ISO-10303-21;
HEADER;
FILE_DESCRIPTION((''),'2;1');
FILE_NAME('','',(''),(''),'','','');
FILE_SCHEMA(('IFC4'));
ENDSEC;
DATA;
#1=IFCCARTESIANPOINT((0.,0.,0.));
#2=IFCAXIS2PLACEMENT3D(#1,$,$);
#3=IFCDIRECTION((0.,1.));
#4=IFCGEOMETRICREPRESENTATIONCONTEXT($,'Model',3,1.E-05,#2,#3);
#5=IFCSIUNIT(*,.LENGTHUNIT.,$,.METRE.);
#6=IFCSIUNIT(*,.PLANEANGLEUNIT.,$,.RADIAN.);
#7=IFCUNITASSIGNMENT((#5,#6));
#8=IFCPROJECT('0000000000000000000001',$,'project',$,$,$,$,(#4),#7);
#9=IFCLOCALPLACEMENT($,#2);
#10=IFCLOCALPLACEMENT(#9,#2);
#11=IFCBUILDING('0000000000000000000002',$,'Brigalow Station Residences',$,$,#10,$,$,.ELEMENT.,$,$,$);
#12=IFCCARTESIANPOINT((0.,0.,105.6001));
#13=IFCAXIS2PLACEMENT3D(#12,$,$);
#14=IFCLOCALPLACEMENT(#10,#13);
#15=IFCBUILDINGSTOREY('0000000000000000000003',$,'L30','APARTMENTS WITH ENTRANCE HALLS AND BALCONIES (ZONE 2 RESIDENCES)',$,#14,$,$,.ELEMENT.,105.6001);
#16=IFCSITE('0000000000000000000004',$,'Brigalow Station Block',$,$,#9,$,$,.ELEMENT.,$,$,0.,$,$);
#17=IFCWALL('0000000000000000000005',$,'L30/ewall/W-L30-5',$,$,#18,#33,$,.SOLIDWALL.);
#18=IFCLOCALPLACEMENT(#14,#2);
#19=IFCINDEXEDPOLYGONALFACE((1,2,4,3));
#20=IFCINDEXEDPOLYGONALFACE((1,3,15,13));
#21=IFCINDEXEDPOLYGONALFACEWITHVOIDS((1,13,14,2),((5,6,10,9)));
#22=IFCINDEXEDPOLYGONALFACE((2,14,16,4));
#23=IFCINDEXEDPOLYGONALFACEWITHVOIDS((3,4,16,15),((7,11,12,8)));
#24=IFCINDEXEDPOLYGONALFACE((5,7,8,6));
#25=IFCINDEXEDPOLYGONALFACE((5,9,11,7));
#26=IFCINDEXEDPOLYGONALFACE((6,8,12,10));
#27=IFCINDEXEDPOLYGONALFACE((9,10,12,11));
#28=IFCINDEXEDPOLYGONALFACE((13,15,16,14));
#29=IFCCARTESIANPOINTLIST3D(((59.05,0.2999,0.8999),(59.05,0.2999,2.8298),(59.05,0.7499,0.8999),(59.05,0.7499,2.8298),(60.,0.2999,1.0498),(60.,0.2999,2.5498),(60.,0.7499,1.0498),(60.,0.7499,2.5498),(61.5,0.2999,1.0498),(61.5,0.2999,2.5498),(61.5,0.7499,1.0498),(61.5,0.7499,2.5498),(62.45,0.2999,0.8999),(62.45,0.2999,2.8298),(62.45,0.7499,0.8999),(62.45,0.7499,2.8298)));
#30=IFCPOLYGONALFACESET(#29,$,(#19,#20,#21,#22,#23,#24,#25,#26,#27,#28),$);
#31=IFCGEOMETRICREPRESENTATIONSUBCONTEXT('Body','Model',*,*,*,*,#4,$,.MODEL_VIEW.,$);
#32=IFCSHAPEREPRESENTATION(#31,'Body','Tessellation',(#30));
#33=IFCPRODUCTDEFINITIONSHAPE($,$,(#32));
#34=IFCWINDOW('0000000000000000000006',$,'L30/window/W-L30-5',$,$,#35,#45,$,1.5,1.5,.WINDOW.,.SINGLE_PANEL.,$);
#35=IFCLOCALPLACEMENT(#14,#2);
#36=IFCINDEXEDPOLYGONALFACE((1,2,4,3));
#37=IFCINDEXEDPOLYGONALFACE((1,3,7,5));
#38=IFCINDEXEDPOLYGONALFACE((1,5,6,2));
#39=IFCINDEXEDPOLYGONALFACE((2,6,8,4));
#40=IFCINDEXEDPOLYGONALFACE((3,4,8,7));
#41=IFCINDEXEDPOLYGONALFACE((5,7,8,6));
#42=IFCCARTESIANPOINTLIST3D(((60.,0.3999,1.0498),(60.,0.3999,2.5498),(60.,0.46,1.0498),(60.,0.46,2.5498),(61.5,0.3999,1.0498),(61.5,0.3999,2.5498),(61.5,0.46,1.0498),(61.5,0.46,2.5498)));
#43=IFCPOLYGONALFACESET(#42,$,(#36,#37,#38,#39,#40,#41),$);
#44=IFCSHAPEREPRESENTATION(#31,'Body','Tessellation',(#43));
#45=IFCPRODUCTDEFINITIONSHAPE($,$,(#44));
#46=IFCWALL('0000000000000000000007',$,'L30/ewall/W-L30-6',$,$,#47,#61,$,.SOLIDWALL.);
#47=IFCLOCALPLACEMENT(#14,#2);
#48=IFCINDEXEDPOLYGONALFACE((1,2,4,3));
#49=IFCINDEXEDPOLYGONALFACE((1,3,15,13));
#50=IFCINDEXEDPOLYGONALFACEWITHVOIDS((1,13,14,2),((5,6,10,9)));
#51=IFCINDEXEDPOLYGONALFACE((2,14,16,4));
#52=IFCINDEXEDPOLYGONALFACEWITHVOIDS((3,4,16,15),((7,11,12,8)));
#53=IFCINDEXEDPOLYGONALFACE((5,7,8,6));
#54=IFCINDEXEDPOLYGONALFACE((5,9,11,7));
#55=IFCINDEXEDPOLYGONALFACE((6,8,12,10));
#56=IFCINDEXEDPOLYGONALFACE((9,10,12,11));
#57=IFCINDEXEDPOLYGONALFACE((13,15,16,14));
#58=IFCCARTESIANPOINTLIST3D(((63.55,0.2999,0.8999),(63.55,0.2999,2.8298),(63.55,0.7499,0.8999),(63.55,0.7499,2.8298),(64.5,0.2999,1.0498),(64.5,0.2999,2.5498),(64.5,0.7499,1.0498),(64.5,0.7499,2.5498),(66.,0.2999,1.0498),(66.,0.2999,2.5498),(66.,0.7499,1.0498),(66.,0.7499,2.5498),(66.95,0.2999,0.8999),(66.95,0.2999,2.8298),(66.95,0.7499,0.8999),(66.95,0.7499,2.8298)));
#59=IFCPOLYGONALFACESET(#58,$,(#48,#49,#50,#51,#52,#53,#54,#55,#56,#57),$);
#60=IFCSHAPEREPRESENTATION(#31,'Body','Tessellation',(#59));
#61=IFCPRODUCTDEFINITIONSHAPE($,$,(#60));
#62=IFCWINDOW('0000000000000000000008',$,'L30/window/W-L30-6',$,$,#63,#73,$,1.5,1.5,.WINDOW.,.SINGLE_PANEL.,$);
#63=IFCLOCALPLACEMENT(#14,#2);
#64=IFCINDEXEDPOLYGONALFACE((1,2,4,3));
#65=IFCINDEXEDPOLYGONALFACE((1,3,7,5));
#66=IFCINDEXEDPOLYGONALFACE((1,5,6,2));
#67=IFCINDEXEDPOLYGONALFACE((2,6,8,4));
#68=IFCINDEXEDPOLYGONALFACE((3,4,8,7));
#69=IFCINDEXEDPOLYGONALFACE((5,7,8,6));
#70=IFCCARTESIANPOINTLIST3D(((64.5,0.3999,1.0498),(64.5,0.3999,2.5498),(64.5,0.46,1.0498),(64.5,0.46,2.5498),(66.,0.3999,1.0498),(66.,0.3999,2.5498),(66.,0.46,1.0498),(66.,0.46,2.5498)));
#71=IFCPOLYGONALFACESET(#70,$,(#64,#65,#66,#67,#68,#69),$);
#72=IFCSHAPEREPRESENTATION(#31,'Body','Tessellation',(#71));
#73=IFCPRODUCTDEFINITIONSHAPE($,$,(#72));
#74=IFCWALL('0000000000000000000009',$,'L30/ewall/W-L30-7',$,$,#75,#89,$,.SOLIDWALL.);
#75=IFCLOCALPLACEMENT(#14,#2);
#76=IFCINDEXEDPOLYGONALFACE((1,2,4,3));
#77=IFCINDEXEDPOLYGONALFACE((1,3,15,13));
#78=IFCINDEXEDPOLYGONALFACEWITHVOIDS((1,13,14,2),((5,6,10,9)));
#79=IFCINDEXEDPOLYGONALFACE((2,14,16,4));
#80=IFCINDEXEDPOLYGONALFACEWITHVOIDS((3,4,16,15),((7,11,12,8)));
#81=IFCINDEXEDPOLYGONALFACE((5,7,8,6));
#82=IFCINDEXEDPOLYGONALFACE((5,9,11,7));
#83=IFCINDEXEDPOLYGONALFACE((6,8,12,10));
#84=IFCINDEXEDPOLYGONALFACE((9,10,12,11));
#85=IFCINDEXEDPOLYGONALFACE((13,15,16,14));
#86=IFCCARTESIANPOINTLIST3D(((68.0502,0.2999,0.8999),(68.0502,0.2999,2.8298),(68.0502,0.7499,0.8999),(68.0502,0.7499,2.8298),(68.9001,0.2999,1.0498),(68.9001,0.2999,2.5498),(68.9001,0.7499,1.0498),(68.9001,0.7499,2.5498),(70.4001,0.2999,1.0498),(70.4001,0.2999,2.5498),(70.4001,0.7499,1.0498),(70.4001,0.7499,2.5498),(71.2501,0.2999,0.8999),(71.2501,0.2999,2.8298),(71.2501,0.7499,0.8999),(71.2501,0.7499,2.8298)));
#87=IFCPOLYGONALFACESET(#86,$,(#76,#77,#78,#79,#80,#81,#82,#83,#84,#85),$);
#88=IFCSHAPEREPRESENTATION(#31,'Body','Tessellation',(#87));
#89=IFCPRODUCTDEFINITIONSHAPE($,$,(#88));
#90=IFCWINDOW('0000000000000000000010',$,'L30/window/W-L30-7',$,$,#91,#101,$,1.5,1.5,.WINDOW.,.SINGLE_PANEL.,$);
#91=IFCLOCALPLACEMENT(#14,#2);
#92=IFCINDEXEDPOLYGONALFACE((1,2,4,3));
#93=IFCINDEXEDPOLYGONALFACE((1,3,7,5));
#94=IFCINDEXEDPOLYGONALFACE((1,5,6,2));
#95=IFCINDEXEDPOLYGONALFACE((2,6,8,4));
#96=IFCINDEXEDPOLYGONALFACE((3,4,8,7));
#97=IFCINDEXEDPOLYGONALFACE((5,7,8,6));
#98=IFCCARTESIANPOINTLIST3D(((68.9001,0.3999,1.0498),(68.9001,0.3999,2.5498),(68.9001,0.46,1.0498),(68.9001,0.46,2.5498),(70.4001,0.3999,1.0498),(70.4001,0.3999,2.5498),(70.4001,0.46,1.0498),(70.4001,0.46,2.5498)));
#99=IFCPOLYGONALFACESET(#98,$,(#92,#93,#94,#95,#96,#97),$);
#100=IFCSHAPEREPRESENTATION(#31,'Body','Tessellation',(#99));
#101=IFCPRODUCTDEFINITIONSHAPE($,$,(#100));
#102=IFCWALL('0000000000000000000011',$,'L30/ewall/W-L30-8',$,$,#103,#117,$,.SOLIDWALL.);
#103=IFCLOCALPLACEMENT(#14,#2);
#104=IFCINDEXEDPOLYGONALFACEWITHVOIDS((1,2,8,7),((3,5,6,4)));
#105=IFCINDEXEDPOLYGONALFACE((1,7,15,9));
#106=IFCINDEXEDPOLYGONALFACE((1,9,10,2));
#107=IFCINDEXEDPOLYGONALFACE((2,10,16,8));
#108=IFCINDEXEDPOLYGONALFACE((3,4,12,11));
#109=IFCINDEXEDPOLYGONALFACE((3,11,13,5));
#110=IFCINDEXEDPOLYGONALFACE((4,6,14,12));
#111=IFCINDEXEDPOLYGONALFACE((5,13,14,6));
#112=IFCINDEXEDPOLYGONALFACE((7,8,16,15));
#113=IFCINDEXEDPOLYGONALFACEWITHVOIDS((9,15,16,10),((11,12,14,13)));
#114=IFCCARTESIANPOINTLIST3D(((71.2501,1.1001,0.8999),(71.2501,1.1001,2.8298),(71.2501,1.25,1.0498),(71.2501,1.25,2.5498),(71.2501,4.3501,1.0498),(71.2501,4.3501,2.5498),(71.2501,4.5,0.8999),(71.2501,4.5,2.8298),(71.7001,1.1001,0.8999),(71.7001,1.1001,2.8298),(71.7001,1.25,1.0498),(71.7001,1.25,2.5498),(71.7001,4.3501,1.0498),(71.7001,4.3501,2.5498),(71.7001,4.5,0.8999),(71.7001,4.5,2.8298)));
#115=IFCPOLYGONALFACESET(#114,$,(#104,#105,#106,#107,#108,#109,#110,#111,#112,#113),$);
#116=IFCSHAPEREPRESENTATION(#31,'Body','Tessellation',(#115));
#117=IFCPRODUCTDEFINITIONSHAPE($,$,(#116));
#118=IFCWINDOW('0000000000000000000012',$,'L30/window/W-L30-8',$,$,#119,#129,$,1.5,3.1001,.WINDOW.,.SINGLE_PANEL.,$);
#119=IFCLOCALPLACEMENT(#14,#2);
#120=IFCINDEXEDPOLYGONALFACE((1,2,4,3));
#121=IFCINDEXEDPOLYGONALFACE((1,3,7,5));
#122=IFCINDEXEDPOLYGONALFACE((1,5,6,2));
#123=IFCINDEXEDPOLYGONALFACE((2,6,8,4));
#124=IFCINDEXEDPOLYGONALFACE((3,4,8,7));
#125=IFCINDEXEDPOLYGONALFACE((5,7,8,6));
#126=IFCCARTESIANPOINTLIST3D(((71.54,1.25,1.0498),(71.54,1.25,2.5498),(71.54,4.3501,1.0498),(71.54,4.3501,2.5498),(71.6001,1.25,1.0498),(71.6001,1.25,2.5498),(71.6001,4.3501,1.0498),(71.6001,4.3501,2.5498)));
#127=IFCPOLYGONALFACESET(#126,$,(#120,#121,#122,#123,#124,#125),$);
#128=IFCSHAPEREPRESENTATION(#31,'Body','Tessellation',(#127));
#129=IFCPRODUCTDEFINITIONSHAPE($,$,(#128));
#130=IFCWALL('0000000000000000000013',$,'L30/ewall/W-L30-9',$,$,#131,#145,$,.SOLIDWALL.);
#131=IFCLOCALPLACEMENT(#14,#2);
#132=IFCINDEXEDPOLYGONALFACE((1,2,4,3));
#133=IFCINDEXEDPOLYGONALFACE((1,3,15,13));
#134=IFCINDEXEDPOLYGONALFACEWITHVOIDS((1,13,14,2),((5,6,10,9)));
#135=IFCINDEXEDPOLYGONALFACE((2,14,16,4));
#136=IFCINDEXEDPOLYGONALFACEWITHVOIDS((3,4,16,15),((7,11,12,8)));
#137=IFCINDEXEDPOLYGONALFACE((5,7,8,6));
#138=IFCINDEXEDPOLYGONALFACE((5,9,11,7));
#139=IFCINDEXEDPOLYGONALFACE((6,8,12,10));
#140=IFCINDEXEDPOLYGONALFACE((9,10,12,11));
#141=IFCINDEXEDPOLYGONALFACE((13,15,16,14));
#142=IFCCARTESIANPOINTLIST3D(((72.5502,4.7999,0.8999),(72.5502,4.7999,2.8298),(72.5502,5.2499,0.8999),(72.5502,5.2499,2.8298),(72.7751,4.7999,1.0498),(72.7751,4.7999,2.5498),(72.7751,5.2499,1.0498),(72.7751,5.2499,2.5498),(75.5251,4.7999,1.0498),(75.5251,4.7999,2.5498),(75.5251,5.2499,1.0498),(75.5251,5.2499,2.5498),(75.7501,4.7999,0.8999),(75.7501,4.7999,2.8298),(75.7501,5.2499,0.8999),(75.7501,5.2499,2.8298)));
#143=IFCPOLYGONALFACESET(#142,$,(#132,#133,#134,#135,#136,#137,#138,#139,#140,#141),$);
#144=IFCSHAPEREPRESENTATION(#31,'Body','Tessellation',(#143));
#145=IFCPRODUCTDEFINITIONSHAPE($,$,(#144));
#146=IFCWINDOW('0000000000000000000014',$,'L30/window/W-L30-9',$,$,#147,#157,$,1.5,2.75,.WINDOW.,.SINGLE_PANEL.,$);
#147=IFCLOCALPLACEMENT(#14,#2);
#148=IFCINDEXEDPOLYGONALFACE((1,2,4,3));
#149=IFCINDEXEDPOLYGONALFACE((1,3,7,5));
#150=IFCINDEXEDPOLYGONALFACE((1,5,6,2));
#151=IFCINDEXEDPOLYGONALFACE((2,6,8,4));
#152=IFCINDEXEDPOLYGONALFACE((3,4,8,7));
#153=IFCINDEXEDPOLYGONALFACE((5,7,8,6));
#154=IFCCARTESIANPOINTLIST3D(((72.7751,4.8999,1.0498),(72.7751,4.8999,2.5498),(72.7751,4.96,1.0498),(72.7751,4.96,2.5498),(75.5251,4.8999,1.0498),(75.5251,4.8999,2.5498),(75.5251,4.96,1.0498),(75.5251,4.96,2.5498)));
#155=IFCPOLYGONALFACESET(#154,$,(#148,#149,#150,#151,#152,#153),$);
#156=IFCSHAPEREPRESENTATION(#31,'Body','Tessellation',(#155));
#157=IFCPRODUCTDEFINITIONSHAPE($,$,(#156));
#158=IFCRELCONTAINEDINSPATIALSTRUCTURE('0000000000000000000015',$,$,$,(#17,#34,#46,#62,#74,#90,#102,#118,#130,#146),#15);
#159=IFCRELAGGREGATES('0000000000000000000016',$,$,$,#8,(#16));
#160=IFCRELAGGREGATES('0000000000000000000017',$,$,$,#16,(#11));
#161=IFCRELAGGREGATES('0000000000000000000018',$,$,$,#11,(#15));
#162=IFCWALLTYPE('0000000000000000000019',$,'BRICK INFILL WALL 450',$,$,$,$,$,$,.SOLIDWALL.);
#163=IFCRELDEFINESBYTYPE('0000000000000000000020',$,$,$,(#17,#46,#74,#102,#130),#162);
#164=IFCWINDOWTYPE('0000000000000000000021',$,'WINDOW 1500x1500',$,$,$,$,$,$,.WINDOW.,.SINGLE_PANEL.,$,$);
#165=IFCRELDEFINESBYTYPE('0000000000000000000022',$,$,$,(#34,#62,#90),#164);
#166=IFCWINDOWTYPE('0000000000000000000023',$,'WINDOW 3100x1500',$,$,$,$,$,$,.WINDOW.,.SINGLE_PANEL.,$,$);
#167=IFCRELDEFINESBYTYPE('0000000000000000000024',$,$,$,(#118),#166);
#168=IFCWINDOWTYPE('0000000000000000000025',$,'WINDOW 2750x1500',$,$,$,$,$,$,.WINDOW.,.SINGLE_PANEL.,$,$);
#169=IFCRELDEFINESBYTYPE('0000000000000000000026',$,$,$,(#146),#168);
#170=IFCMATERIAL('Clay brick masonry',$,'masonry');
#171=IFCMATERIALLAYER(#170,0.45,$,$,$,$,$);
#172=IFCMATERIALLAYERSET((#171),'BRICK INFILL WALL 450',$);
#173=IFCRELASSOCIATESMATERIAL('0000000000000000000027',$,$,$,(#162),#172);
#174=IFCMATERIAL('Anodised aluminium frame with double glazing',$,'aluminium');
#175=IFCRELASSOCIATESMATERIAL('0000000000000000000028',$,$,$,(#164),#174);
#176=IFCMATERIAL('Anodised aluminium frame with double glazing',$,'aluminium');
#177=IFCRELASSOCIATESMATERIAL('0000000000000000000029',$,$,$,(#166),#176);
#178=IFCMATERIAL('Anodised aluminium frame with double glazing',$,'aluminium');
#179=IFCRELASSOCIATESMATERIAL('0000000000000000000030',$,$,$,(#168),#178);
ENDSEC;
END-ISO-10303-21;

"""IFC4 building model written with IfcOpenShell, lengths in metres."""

from ifc_helpers import new_model, si_unit, direction, frame, frame_2d, origin, place, context, subcontext, project, spatial, rectangle, extrude, material, layer, layer_set, type_object, element, fill, save


model = new_model("IFC4")

# Units and contexts
model_context = context("Model", 3, precision=1e-05, world=origin(), true_north=direction((0.0, 1.0)))
body_context = subcontext(model_context, "Body", "Model", "MODEL_VIEW")
ifc_project = project(units=[si_unit("LENGTHUNIT", "METRE"), si_unit("PLANEANGLEUNIT", "RADIAN")], contexts=[model_context])

# Site, building, storey
site_placement = place(None, origin())
site = spatial("IfcSite", under=ifc_project, at=site_placement, Name="Brigalow Station Block", CompositionType="ELEMENT", RefElevation=0.0)
building_placement = place(site_placement, origin())
building = spatial("IfcBuilding", under=site, at=building_placement, Name="Brigalow Station Residences", CompositionType="ELEMENT")
storey_placement = place(building_placement, frame((0.0, 0.0, 105.6001)))
storey = spatial("IfcBuildingStorey", under=building, at=storey_placement, Name="L30", Description="APARTMENTS WITH ENTRANCE HALLS AND BALCONIES (ZONE 2 RESIDENCES)", CompositionType="ELEMENT", Elevation=105.6001)

# Walls, openings, windows
ifc_material_1 = material(Name="Clay brick masonry", Category="masonry")
ifc_layer_1 = layer(ifc_material_1, 0.45)
ifc_layer_set_1 = layer_set([ifc_layer_1], Name="BRICK INFILL WALL 450")
wall_type_1 = type_object("IfcWallType", Name="BRICK INFILL WALL 450", PredefinedType="SOLIDWALL", material=ifc_layer_set_1)
wall_1_placement = place(storey_placement, frame((59.05, 0.5249, 0.8999), z_axis=(0.0, 0.0, 1.0), x_axis=(1.0, 0.0, 0.0)))
wall_1 = element("IfcWall", 1, at=wall_1_placement, inside=storey, type_object=wall_type_1, Name="L30/ewall/W-L30-5", PredefinedType="SOLIDWALL", context=body_context, shape_type="SweptSolid", body=[
    extrude(rectangle(XDim=3.3999, YDim=0.45, at=frame_2d((1.7, 0.0))), origin(), (0.0, 0.0, 1.0), 1.9299),
])
opening_1_placement = place(wall_1_placement, frame((0.95, 0.0, 0.1499)))
opening_1 = element("IfcOpeningElement", 2, at=opening_1_placement, cuts=wall_1, PredefinedType="OPENING", context=body_context, shape_type="SweptSolid", body=[
    extrude(rectangle(XDim=1.5, YDim=1.5, at=frame_2d((0.75, 0.75))), frame((0.0, 0.2349, 0.0), z_axis=(0.0, -1.0, 0.0), x_axis=(1.0, 0.0, 0.0)), (0.0, 0.0, 1.0), 0.47),
])
ifc_material_2 = material(Name="Anodised aluminium frame with double glazing", Category="aluminium")
window_type_1 = type_object("IfcWindowType", Name="WINDOW 1500x1500", PartitioningType="SINGLE_PANEL", PredefinedType="WINDOW", material=ifc_material_2)
window_1_placement = place(opening_1_placement, origin())
window_1 = element("IfcWindow", 3, at=window_1_placement, inside=storey, type_object=window_type_1, Name="L30/window/W-L30-5", OverallHeight=1.5, OverallWidth=1.5, PartitioningType="SINGLE_PANEL", PredefinedType="WINDOW", context=body_context, shape_type="SweptSolid", body=[
    extrude(rectangle(XDim=1.5, YDim=1.5, at=frame_2d((0.75, 0.75))), frame((0.0, -0.0649, 0.0), z_axis=(0.0, -1.0, 0.0), x_axis=(1.0, 0.0, 0.0)), (0.0, 0.0, 1.0), 0.0601),
])
fill(opening_1, window_1)
wall_2_placement = place(storey_placement, frame((63.55, 0.5249, 0.8999), z_axis=(0.0, 0.0, 1.0), x_axis=(1.0, 0.0, 0.0)))
wall_2 = element("IfcWall", 4, at=wall_2_placement, inside=storey, type_object=wall_type_1, Name="L30/ewall/W-L30-6", PredefinedType="SOLIDWALL", context=body_context, shape_type="SweptSolid", body=[
    extrude(rectangle(XDim=3.3999, YDim=0.45, at=frame_2d((1.7, 0.0))), origin(), (0.0, 0.0, 1.0), 1.9299),
])
opening_2_placement = place(wall_2_placement, frame((0.95, 0.0, 0.1499)))
opening_2 = element("IfcOpeningElement", 5, at=opening_2_placement, cuts=wall_2, PredefinedType="OPENING", context=body_context, shape_type="SweptSolid", body=[
    extrude(rectangle(XDim=1.5, YDim=1.5, at=frame_2d((0.75, 0.75))), frame((0.0, 0.2349, 0.0), z_axis=(0.0, -1.0, 0.0), x_axis=(1.0, 0.0, 0.0)), (0.0, 0.0, 1.0), 0.47),
])
window_2_placement = place(opening_2_placement, origin())
window_2 = element("IfcWindow", 6, at=window_2_placement, inside=storey, type_object=window_type_1, Name="L30/window/W-L30-6", OverallHeight=1.5, OverallWidth=1.5, PartitioningType="SINGLE_PANEL", PredefinedType="WINDOW", context=body_context, shape_type="SweptSolid", body=[
    extrude(rectangle(XDim=1.5, YDim=1.5, at=frame_2d((0.75, 0.75))), frame((0.0, -0.0649, 0.0), z_axis=(0.0, -1.0, 0.0), x_axis=(1.0, 0.0, 0.0)), (0.0, 0.0, 1.0), 0.0601),
])
fill(opening_2, window_2)
wall_3_placement = place(storey_placement, frame((68.05, 0.5249, 0.8999), z_axis=(0.0, 0.0, 1.0), x_axis=(1.0, 0.0, 0.0)))
wall_3 = element("IfcWall", 7, at=wall_3_placement, inside=storey, type_object=wall_type_1, Name="L30/ewall/W-L30-7", PredefinedType="SOLIDWALL", context=body_context, shape_type="SweptSolid", body=[
    extrude(rectangle(XDim=3.2, YDim=0.45, at=frame_2d((1.6001, 0.0))), origin(), (0.0, 0.0, 1.0), 1.9299),
])
opening_3_placement = place(wall_3_placement, frame((0.8501, 0.0, 0.1499)))
opening_3 = element("IfcOpeningElement", 8, at=opening_3_placement, cuts=wall_3, PredefinedType="OPENING", context=body_context, shape_type="SweptSolid", body=[
    extrude(rectangle(XDim=1.5, YDim=1.5, at=frame_2d((0.75, 0.75))), frame((0.0, 0.2349, 0.0), z_axis=(0.0, -1.0, 0.0), x_axis=(1.0, 0.0, 0.0)), (0.0, 0.0, 1.0), 0.47),
])
window_3_placement = place(opening_3_placement, origin())
window_3 = element("IfcWindow", 9, at=window_3_placement, inside=storey, type_object=window_type_1, Name="L30/window/W-L30-7", OverallHeight=1.5, OverallWidth=1.5, PartitioningType="SINGLE_PANEL", PredefinedType="WINDOW", context=body_context, shape_type="SweptSolid", body=[
    extrude(rectangle(XDim=1.5, YDim=1.5, at=frame_2d((0.75, 0.75))), frame((0.0, -0.0649, 0.0), z_axis=(0.0, -1.0, 0.0), x_axis=(1.0, 0.0, 0.0)), (0.0, 0.0, 1.0), 0.0601),
])
fill(opening_3, window_3)
wall_4_placement = place(storey_placement, frame((71.4751, 1.1001, 0.8999), z_axis=(0.0, 0.0, 1.0), x_axis=(0.0, 1.0, 0.0)))
wall_4 = element("IfcWall", 10, at=wall_4_placement, inside=storey, type_object=wall_type_1, Name="L30/ewall/W-L30-8", PredefinedType="SOLIDWALL", context=body_context, shape_type="SweptSolid", body=[
    extrude(rectangle(XDim=3.3999, YDim=0.45, at=frame_2d((1.7, 0.0))), origin(), (0.0, 0.0, 1.0), 1.9299),
])
opening_4_placement = place(wall_4_placement, frame((0.1499, 0.0, 0.1499)))
opening_4 = element("IfcOpeningElement", 11, at=opening_4_placement, cuts=wall_4, PredefinedType="OPENING", context=body_context, shape_type="SweptSolid", body=[
    extrude(rectangle(XDim=3.1001, YDim=1.5, at=frame_2d((1.55, 0.75))), frame((0.0, 0.2349, 0.0), z_axis=(0.0, -1.0, 0.0), x_axis=(1.0, 0.0, 0.0)), (0.0, 0.0, 1.0), 0.47),
])
ifc_material_3 = material(Name="Anodised aluminium frame with double glazing", Category="aluminium")
window_type_2 = type_object("IfcWindowType", Name="WINDOW 3100x1500", PartitioningType="SINGLE_PANEL", PredefinedType="WINDOW", material=ifc_material_3)
window_4_placement = place(opening_4_placement, origin())
window_4 = element("IfcWindow", 12, at=window_4_placement, inside=storey, type_object=window_type_2, Name="L30/window/W-L30-8", OverallHeight=1.5, OverallWidth=3.1001, PartitioningType="SINGLE_PANEL", PredefinedType="WINDOW", context=body_context, shape_type="SweptSolid", body=[
    extrude(rectangle(XDim=3.1001, YDim=1.5, at=frame_2d((1.55, 0.75))), frame((0.0, -0.0649, 0.0), z_axis=(0.0, -1.0, 0.0), x_axis=(1.0, 0.0, 0.0)), (0.0, 0.0, 1.0), 0.0601),
])
fill(opening_4, window_4)
wall_5_placement = place(storey_placement, frame((72.55, 5.0249, 0.8999), z_axis=(0.0, 0.0, 1.0), x_axis=(1.0, 0.0, 0.0)))
wall_5 = element("IfcWall", 13, at=wall_5_placement, inside=storey, type_object=wall_type_1, Name="L30/ewall/W-L30-9", PredefinedType="SOLIDWALL", context=body_context, shape_type="SweptSolid", body=[
    extrude(rectangle(XDim=3.2, YDim=0.45, at=frame_2d((1.6001, 0.0))), origin(), (0.0, 0.0, 1.0), 1.9299),
])
opening_5_placement = place(wall_5_placement, frame((0.2251, 0.0, 0.1499)))
opening_5 = element("IfcOpeningElement", 14, at=opening_5_placement, cuts=wall_5, PredefinedType="OPENING", context=body_context, shape_type="SweptSolid", body=[
    extrude(rectangle(XDim=2.75, YDim=1.5, at=frame_2d((1.375, 0.75))), frame((0.0, 0.2349, 0.0), z_axis=(0.0, -1.0, 0.0), x_axis=(1.0, 0.0, 0.0)), (0.0, 0.0, 1.0), 0.47),
])
ifc_material_4 = material(Name="Anodised aluminium frame with double glazing", Category="aluminium")
window_type_3 = type_object("IfcWindowType", Name="WINDOW 2750x1500", PartitioningType="SINGLE_PANEL", PredefinedType="WINDOW", material=ifc_material_4)
window_5_placement = place(opening_5_placement, origin())
window_5 = element("IfcWindow", 15, at=window_5_placement, inside=storey, type_object=window_type_3, Name="L30/window/W-L30-9", OverallHeight=1.5, OverallWidth=2.75, PartitioningType="SINGLE_PANEL", PredefinedType="WINDOW", context=body_context, shape_type="SweptSolid", body=[
    extrude(rectangle(XDim=2.75, YDim=1.5, at=frame_2d((1.375, 0.75))), frame((0.0, -0.0649, 0.0), z_axis=(0.0, -1.0, 0.0), x_axis=(1.0, 0.0, 0.0)), (0.0, 0.0, 1.0), 0.0601),
])
fill(opening_5, window_5)

save(model, "model.ifc")
